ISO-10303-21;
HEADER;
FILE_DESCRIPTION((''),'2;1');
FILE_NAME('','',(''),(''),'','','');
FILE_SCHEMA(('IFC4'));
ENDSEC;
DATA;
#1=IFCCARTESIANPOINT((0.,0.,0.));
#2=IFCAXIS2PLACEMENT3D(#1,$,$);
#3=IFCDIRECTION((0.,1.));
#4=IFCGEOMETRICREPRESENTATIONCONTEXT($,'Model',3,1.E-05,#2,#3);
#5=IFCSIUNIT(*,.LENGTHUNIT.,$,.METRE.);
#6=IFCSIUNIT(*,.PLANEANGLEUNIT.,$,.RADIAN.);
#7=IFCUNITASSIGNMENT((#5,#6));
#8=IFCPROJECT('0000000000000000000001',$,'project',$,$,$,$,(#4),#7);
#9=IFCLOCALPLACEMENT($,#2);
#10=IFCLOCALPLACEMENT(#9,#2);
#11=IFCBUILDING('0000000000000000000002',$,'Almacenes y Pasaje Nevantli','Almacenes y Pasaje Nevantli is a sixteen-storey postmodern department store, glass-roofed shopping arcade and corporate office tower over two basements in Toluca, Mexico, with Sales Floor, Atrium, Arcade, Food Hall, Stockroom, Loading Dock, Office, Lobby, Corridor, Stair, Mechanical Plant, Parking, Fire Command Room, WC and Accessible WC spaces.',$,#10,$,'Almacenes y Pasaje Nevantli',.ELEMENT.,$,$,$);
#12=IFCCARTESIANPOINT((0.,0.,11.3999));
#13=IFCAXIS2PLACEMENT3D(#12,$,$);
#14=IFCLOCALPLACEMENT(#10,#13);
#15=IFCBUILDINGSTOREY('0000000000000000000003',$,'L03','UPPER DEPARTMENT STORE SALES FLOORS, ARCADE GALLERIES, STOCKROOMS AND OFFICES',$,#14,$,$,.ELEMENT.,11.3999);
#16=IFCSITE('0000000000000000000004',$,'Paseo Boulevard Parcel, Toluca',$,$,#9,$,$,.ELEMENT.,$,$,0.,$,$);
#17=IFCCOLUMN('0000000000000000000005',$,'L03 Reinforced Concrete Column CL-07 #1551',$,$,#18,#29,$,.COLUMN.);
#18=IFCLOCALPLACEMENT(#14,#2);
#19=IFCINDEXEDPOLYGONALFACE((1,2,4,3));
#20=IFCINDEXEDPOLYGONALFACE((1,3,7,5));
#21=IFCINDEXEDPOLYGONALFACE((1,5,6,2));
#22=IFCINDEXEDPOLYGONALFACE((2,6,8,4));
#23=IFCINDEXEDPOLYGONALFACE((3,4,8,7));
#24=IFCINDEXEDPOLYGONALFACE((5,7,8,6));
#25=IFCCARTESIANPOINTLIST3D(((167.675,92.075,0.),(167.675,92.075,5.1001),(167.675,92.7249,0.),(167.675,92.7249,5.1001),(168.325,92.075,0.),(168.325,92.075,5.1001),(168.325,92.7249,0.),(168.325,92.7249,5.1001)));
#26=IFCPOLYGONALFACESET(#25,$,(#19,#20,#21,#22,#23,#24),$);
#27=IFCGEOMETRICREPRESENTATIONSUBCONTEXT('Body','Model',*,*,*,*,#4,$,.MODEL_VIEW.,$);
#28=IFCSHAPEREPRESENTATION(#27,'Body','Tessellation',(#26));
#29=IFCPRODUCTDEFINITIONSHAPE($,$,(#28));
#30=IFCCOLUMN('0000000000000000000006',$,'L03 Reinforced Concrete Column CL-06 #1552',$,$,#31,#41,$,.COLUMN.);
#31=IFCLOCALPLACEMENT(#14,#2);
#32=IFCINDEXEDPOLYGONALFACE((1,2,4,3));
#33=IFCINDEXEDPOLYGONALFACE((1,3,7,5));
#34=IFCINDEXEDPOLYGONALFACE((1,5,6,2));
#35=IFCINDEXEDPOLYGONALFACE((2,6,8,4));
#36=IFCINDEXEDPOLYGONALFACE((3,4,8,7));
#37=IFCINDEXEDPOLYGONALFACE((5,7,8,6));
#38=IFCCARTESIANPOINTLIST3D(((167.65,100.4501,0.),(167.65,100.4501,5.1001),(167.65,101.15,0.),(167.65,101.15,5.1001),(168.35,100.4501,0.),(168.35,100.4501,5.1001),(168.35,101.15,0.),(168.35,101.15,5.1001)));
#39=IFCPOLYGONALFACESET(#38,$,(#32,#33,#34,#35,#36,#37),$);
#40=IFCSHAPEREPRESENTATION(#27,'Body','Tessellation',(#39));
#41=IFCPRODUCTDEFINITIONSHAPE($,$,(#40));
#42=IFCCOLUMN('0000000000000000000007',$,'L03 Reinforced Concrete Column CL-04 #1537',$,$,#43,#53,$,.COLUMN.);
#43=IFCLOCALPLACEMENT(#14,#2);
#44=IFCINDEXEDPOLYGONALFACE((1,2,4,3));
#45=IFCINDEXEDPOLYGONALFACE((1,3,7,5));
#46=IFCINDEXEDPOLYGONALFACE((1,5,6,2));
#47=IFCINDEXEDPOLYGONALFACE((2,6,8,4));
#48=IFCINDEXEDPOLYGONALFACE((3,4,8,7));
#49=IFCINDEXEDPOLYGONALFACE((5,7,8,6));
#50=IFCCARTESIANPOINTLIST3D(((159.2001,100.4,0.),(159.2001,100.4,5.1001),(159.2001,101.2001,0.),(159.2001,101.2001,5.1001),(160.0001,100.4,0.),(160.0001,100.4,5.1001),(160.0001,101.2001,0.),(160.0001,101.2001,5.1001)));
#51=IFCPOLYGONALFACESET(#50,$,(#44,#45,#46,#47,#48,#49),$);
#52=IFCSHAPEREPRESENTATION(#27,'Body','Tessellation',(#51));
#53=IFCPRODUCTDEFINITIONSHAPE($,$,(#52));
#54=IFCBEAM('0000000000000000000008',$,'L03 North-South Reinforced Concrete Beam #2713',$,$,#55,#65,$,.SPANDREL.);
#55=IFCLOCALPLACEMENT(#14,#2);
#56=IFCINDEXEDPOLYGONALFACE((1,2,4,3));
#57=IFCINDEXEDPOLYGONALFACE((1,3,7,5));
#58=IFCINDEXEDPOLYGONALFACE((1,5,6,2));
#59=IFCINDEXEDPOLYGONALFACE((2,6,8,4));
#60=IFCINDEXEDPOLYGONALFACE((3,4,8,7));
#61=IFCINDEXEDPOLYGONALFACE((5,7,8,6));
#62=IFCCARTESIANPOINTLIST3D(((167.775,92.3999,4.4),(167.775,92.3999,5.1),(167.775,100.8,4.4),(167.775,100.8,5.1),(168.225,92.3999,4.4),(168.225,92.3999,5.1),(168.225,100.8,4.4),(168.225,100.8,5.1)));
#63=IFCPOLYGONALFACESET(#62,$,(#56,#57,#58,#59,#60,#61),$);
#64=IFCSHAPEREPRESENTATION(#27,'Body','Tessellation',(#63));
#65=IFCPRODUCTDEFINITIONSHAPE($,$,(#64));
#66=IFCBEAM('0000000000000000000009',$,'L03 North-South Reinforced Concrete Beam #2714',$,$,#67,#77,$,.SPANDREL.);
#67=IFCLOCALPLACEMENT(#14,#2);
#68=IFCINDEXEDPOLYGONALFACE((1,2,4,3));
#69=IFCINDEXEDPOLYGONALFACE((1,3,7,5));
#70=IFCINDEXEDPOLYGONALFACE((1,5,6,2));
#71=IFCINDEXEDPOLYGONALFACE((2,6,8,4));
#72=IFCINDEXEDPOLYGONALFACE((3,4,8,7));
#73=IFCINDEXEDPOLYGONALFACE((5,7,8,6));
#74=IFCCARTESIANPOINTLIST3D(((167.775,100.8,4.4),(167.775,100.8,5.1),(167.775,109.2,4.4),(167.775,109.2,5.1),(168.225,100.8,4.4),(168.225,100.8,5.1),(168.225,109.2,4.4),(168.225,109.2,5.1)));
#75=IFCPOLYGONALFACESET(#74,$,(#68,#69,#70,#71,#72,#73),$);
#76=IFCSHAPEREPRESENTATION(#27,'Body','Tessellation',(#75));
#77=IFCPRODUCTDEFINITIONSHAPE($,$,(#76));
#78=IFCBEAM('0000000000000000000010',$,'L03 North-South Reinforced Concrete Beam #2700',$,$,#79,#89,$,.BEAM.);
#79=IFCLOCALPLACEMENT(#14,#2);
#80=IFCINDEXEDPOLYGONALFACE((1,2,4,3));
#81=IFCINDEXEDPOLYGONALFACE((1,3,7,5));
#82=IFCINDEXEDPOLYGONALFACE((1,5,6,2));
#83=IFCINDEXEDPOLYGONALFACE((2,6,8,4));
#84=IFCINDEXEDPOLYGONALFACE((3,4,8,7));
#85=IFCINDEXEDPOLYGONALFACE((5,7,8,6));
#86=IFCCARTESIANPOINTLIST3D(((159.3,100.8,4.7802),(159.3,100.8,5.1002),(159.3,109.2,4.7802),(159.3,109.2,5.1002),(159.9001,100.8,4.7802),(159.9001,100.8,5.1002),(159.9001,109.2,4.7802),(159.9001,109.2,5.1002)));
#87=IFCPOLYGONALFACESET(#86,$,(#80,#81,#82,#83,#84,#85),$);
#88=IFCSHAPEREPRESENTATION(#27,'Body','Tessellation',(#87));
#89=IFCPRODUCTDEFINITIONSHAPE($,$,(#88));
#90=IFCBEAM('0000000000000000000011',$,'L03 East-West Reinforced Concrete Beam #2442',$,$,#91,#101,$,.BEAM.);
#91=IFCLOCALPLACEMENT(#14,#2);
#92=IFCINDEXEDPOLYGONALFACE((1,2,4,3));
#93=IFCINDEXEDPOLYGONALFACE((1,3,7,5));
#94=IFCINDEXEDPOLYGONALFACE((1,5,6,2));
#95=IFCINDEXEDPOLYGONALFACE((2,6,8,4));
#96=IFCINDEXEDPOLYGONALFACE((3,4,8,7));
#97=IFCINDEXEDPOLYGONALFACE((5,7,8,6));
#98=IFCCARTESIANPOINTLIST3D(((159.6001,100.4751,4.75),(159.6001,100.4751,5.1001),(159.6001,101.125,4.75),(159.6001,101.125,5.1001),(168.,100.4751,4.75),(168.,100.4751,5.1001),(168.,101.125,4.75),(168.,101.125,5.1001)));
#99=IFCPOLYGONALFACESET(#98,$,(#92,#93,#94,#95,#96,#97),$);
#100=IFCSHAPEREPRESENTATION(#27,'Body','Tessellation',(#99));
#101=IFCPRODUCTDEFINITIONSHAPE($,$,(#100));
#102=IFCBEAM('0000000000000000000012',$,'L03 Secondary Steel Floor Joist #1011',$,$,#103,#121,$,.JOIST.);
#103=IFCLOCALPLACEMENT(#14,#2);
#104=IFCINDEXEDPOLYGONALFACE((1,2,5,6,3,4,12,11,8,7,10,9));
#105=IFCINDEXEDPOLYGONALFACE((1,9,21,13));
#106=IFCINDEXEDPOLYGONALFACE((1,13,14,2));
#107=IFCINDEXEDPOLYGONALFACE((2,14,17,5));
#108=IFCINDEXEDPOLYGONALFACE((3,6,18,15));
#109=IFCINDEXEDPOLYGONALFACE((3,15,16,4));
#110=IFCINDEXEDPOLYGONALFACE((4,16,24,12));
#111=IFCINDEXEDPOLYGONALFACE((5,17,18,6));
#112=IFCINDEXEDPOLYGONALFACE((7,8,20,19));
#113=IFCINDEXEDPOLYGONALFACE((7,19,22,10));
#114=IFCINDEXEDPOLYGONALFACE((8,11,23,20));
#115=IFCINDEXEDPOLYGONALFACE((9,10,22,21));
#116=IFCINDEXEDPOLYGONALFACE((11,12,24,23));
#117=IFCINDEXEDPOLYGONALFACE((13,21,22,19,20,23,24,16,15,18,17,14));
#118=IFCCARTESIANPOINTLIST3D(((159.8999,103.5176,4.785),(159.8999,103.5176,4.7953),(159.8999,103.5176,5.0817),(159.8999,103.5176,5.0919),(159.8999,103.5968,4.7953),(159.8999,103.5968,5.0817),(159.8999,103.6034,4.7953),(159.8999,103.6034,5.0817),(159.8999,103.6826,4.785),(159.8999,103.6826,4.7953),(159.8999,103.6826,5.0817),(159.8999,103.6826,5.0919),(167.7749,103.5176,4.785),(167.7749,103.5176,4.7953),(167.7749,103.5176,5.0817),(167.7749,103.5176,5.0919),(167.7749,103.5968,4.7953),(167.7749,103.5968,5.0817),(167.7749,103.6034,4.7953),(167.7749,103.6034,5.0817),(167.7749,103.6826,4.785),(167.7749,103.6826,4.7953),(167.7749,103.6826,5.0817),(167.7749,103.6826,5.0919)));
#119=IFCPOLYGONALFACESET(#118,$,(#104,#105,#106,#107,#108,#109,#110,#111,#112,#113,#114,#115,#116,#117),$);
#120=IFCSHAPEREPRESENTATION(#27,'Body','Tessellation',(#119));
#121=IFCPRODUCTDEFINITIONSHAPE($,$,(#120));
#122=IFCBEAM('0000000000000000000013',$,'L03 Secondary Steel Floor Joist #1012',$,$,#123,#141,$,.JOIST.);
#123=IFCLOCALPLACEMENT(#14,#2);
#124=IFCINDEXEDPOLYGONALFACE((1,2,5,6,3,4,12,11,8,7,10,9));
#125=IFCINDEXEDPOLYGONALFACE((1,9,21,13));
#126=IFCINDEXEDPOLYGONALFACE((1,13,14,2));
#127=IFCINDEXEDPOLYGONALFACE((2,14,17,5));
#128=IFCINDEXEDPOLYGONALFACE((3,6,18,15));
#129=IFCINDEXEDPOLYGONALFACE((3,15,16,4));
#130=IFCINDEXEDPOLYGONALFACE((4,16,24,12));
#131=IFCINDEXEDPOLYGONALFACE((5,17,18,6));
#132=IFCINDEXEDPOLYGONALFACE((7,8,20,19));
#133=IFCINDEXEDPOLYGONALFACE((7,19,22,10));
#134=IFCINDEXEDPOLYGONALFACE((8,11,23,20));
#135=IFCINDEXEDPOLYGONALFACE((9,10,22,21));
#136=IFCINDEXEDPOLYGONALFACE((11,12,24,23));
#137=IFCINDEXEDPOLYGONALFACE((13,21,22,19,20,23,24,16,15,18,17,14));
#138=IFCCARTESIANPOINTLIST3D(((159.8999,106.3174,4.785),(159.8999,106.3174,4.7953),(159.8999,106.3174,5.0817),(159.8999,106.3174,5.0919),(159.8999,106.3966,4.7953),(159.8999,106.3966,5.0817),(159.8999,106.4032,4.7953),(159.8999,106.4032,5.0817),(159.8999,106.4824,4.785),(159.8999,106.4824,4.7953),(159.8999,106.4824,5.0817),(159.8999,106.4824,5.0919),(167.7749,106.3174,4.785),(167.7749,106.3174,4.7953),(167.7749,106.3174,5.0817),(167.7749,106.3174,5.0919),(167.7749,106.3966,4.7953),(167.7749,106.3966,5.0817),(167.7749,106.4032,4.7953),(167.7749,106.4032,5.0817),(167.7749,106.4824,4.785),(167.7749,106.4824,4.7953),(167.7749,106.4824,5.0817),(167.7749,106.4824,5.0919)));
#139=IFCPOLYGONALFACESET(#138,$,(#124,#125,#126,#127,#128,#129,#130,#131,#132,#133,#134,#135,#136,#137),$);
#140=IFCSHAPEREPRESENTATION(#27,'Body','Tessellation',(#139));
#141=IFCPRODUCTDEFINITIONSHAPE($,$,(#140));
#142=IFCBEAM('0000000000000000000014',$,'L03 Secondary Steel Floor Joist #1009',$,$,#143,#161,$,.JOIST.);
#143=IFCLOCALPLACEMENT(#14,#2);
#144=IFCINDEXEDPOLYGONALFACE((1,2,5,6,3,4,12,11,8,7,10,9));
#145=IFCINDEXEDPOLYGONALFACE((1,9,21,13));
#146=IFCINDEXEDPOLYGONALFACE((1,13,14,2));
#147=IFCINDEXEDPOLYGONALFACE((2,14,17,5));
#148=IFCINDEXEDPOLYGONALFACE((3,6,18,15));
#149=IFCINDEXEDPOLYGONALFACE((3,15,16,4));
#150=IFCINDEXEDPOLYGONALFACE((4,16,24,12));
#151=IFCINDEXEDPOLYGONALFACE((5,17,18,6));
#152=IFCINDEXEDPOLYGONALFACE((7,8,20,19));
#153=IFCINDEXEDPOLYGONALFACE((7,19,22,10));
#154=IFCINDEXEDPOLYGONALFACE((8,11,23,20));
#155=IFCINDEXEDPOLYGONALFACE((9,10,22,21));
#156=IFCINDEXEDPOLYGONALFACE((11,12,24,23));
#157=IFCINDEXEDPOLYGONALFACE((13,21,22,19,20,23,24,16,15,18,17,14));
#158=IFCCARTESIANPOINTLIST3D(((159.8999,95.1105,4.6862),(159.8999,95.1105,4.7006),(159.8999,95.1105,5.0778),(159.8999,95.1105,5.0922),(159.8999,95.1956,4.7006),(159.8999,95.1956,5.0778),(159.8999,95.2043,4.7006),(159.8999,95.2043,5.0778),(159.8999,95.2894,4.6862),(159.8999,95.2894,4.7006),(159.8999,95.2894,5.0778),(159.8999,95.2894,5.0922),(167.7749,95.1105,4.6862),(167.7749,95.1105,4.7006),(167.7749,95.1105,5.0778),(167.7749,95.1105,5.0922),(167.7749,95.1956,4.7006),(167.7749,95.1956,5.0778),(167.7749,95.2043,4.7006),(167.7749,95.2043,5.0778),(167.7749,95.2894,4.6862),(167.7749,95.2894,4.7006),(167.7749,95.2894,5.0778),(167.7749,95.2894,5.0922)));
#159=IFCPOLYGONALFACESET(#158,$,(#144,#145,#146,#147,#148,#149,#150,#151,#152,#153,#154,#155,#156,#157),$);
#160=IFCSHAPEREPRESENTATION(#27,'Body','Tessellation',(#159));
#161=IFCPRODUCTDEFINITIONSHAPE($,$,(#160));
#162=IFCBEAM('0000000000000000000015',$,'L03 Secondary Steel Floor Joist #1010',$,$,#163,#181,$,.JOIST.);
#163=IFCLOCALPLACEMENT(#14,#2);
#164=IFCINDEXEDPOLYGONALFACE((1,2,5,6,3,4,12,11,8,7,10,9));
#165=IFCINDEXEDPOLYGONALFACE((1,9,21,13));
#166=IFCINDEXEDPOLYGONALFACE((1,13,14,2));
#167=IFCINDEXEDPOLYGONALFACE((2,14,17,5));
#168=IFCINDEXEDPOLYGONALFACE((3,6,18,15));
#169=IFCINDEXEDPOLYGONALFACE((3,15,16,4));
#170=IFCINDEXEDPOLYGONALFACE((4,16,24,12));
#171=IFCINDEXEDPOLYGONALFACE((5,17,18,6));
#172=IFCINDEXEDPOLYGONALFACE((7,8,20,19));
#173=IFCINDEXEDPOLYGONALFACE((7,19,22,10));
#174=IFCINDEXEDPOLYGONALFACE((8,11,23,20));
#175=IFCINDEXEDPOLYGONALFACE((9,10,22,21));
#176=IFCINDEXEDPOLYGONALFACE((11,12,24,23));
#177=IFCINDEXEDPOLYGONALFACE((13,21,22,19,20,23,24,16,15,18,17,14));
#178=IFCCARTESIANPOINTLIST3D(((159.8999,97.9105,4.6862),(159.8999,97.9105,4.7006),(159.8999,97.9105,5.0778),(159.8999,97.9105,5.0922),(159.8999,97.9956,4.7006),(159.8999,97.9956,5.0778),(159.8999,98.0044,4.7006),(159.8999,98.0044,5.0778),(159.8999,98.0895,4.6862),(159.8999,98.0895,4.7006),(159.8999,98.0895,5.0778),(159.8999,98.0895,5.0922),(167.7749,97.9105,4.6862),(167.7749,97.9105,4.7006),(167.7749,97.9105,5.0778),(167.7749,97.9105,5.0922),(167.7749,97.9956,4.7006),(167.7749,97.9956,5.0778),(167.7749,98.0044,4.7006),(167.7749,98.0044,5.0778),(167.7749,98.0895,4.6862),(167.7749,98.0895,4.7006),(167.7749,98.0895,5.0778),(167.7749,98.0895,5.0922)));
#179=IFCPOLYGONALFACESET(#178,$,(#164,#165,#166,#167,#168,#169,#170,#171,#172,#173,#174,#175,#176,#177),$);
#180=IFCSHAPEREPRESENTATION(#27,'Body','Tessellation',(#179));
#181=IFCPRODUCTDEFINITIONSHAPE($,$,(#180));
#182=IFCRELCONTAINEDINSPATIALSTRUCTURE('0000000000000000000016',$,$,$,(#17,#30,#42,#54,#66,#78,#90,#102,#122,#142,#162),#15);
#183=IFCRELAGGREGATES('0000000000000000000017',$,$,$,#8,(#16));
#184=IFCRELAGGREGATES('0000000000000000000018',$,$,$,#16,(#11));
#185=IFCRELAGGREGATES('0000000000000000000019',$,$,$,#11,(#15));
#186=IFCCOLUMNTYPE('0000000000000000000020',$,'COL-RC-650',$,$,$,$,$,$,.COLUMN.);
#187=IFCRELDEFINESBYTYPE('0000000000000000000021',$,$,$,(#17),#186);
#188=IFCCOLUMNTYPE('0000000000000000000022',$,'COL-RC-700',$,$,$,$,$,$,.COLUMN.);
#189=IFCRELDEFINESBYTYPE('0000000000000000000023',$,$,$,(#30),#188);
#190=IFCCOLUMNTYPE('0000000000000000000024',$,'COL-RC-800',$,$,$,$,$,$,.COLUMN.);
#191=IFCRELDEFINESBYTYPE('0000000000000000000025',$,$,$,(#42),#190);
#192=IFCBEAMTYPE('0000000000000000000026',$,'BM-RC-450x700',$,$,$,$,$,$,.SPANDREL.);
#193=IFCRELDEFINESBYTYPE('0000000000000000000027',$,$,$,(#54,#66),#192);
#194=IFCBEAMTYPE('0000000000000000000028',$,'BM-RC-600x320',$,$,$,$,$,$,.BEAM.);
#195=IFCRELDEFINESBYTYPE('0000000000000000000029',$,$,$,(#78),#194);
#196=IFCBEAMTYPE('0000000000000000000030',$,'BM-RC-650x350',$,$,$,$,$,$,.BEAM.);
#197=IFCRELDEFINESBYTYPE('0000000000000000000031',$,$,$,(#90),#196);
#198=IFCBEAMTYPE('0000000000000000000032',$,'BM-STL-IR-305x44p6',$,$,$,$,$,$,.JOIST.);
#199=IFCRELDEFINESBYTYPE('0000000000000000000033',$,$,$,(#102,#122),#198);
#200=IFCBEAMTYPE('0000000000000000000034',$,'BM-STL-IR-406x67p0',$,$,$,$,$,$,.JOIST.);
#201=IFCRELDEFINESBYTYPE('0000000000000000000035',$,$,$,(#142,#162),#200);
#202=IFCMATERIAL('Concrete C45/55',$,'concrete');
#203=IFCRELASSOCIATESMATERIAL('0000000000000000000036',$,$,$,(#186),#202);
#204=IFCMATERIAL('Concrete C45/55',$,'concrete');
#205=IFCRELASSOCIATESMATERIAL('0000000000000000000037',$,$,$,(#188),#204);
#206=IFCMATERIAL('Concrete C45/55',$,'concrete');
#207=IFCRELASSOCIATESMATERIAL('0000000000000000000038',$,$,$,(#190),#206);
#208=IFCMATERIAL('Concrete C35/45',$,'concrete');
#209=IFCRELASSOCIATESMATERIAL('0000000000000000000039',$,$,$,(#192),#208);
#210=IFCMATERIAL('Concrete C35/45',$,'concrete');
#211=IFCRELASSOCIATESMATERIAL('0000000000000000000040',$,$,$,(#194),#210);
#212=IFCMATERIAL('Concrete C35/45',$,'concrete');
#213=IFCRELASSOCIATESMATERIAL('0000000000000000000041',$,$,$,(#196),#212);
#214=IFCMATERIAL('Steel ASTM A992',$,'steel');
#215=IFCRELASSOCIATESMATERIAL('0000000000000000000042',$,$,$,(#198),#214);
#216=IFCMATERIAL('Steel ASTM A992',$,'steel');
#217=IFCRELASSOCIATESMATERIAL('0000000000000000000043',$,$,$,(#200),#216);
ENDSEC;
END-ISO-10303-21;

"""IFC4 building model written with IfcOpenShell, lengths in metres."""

from ifc_helpers import new_model, si_unit, direction, frame, origin, origin_2d, place, context, subcontext, project, spatial, rectangle, i_section, extrude, material, material_profile, profile_set, type_object, element, save


model = new_model("IFC4")

# Units and contexts
model_context = context("Model", 3, precision=1e-05, world=origin(), true_north=direction((0.0, 1.0)))
body_context = subcontext(model_context, "Body", "Model", "MODEL_VIEW")
ifc_project = project(units=[si_unit("LENGTHUNIT", "METRE"), si_unit("PLANEANGLEUNIT", "RADIAN")], contexts=[model_context])

# Site, building, storey
site_placement = place(None, origin())
site = spatial("IfcSite", under=ifc_project, at=site_placement, Name="Paseo Boulevard Parcel, Toluca", CompositionType="ELEMENT", RefElevation=0.0)
building_placement = place(site_placement, origin())
building = spatial("IfcBuilding", under=site, at=building_placement, Name="Almacenes y Pasaje Nevantli", Description="Almacenes y Pasaje Nevantli is a sixteen-storey postmodern department store, glass-roofed shopping arcade and corporate office tower over two basements in Toluca, Mexico, with Sales Floor, Atrium, Arcade, Food Hall, Stockroom, Loading Dock, Office, Lobby, Corridor, Stair, Mechanical Plant, Parking, Fire Command Room, WC and Accessible WC spaces.", LongName="Almacenes y Pasaje Nevantli", CompositionType="ELEMENT")
storey_placement = place(building_placement, frame((0.0, 0.0, 11.3999)))
storey = spatial("IfcBuildingStorey", under=building, at=storey_placement, Name="L03", Description="UPPER DEPARTMENT STORE SALES FLOORS, ARCADE GALLERIES, STOCKROOMS AND OFFICES", CompositionType="ELEMENT", Elevation=11.3999)

# Columns
ifc_material_1 = material(Name="Concrete C45/55", Category="concrete")
ifc_material_profile_1 = material_profile(ifc_material_1, rectangle(XDim=0.6499, YDim=0.6499, at=origin_2d()), Name="RC-COL-650x650")
ifc_profile_set_1 = profile_set([ifc_material_profile_1], Name="Concrete C45/55")
column_type_1 = type_object("IfcColumnType", Name="COL-RC-650", PredefinedType="COLUMN", material=ifc_profile_set_1)
column_1_placement = place(storey_placement, frame((168.0, 92.3999, 0.0), z_axis=(0.0, 0.0, 1.0), x_axis=(1.0, 0.0, 0.0)))
element("IfcColumn", 1, at=column_1_placement, inside=storey, type_object=column_type_1, Name="L03 Reinforced Concrete Column CL-07 #1551", PredefinedType="COLUMN", context=body_context, shape_type="SweptSolid", body=[
    extrude(rectangle(XDim=0.6499, YDim=0.6499, at=origin_2d()), origin(), (0.0, 0.0, 1.0), 5.1001),
])
ifc_material_2 = material(Name="Concrete C45/55", Category="concrete")
ifc_material_profile_2 = material_profile(ifc_material_2, rectangle(XDim=0.7, YDim=0.7, at=origin_2d()), Name="RC-COL-700x700")
ifc_profile_set_2 = profile_set([ifc_material_profile_2], Name="Concrete C45/55")
column_type_2 = type_object("IfcColumnType", Name="COL-RC-700", PredefinedType="COLUMN", material=ifc_profile_set_2)
column_2_placement = place(storey_placement, frame((168.0, 100.8, 0.0), z_axis=(0.0, 0.0, 1.0), x_axis=(1.0, 0.0, 0.0)))
element("IfcColumn", 2, at=column_2_placement, inside=storey, type_object=column_type_2, Name="L03 Reinforced Concrete Column CL-06 #1552", PredefinedType="COLUMN", context=body_context, shape_type="SweptSolid", body=[
    extrude(rectangle(XDim=0.7, YDim=0.7, at=origin_2d()), origin(), (0.0, 0.0, 1.0), 5.1001),
])
ifc_material_3 = material(Name="Concrete C45/55", Category="concrete")
ifc_material_profile_3 = material_profile(ifc_material_3, rectangle(XDim=0.8, YDim=0.8, at=origin_2d()), Name="RC-COL-800x800")
ifc_profile_set_3 = profile_set([ifc_material_profile_3], Name="Concrete C45/55")
column_type_3 = type_object("IfcColumnType", Name="COL-RC-800", PredefinedType="COLUMN", material=ifc_profile_set_3)
column_3_placement = place(storey_placement, frame((159.6001, 100.8, 0.0), z_axis=(0.0, 0.0, 1.0), x_axis=(1.0, 0.0, 0.0)))
element("IfcColumn", 3, at=column_3_placement, inside=storey, type_object=column_type_3, Name="L03 Reinforced Concrete Column CL-04 #1537", PredefinedType="COLUMN", context=body_context, shape_type="SweptSolid", body=[
    extrude(rectangle(XDim=0.8, YDim=0.8, at=origin_2d()), origin(), (0.0, 0.0, 1.0), 5.1001),
])

# Beams
ifc_material_4 = material(Name="Concrete C35/45", Category="concrete")
ifc_material_profile_4 = material_profile(ifc_material_4, rectangle(XDim=0.45, YDim=0.7, at=origin_2d()), Name="RC-BM-450x700")
ifc_profile_set_4 = profile_set([ifc_material_profile_4], Name="Concrete C35/45")
beam_type_1 = type_object("IfcBeamType", Name="BM-RC-450x700", PredefinedType="SPANDREL", material=ifc_profile_set_4)
beam_1_placement = place(storey_placement, frame((168.0, 92.3999, 4.75), z_axis=(0.0, 1.0, 0.0), x_axis=(-1.0, 0.0, 0.0)))
element("IfcBeam", 4, at=beam_1_placement, inside=storey, type_object=beam_type_1, Name="L03 North-South Reinforced Concrete Beam #2713", PredefinedType="SPANDREL", context=body_context, shape_type="SweptSolid", body=[
    extrude(rectangle(XDim=0.45, YDim=0.7, at=origin_2d()), origin(), (0.0, 0.0, 1.0), 8.4001),
])
beam_2_placement = place(storey_placement, frame((168.0, 100.8, 4.75), z_axis=(0.0, 1.0, 0.0), x_axis=(-1.0, 0.0, 0.0)))
element("IfcBeam", 5, at=beam_2_placement, inside=storey, type_object=beam_type_1, Name="L03 North-South Reinforced Concrete Beam #2714", PredefinedType="SPANDREL", context=body_context, shape_type="SweptSolid", body=[
    extrude(rectangle(XDim=0.45, YDim=0.7, at=origin_2d()), origin(), (0.0, 0.0, 1.0), 8.3999),
])
ifc_material_5 = material(Name="Concrete C35/45", Category="concrete")
ifc_material_profile_5 = material_profile(ifc_material_5, rectangle(XDim=0.6001, YDim=0.3201, at=origin_2d()), Name="RC-BM-600x320")
ifc_profile_set_5 = profile_set([ifc_material_profile_5], Name="Concrete C35/45")
beam_type_2 = type_object("IfcBeamType", Name="BM-RC-600x320", PredefinedType="BEAM", material=ifc_profile_set_5)
beam_3_placement = place(storey_placement, frame((159.6001, 100.8, 4.9402), z_axis=(0.0, 1.0, 0.0), x_axis=(-1.0, 0.0, 0.0)))
element("IfcBeam", 6, at=beam_3_placement, inside=storey, type_object=beam_type_2, Name="L03 North-South Reinforced Concrete Beam #2700", PredefinedType="BEAM", context=body_context, shape_type="SweptSolid", body=[
    extrude(rectangle(XDim=0.6001, YDim=0.3201, at=origin_2d()), origin(), (0.0, 0.0, 1.0), 8.3999),
])
ifc_material_6 = material(Name="Concrete C35/45", Category="concrete")
ifc_material_profile_6 = material_profile(ifc_material_6, rectangle(XDim=0.6499, YDim=0.3501, at=origin_2d()), Name="RC-BM-650x350")
ifc_profile_set_6 = profile_set([ifc_material_profile_6], Name="Concrete C35/45")
beam_type_3 = type_object("IfcBeamType", Name="BM-RC-650x350", PredefinedType="BEAM", material=ifc_profile_set_6)
beam_4_placement = place(storey_placement, frame((159.6001, 100.8, 4.925), z_axis=(1.0, 0.0, 0.0), x_axis=(0.0, 1.0, 0.0)))
element("IfcBeam", 7, at=beam_4_placement, inside=storey, type_object=beam_type_3, Name="L03 East-West Reinforced Concrete Beam #2442", PredefinedType="BEAM", context=body_context, shape_type="SweptSolid", body=[
    extrude(rectangle(XDim=0.6499, YDim=0.3501, at=origin_2d()), origin(), (0.0, 0.0, 1.0), 8.3999),
])
ifc_material_7 = material(Name="Steel ASTM A992", Category="steel")
ifc_material_profile_7 = material_profile(ifc_material_7, i_section(OverallWidth=0.165, OverallDepth=0.3069, WebThickness=0.0066, FlangeThickness=0.0103, at=origin_2d()), Name="IR 305x44.6")
ifc_profile_set_7 = profile_set([ifc_material_profile_7], Name="Steel ASTM A992")
beam_type_4 = type_object("IfcBeamType", Name="BM-STL-IR-305x44p6", PredefinedType="JOIST", material=ifc_profile_set_7)
for number, where, z_axis, x_axis, name in (
    (8, (159.8999, 103.6001, 4.9385), (1.0, 0.0, 0.0), (0.0, 1.0, 0.0), "L03 Secondary Steel Floor Joist #1011"),
    (9, (159.8999, 106.3999, 4.9385), (1.0, 0.0, 0.0), (0.0, 1.0, 0.0), "L03 Secondary Steel Floor Joist #1012"),
):
    element("IfcBeam", number, at=place(storey_placement, frame(where, z_axis=z_axis, x_axis=x_axis)), inside=storey, type_object=beam_type_4, Name=name, PredefinedType="JOIST", context=body_context, shape_type="SweptSolid", body=[
        extrude(i_section(OverallWidth=0.165, OverallDepth=0.3069, WebThickness=0.0066, FlangeThickness=0.0103, at=origin_2d()), origin(), (0.0, 0.0, 1.0), 7.875),
    ])
ifc_material_8 = material(Name="Steel ASTM A992", Category="steel")
ifc_material_profile_8 = material_profile(ifc_material_8, i_section(OverallWidth=0.179, OverallDepth=0.406, WebThickness=0.0088, FlangeThickness=0.0144, at=origin_2d()), Name="IR 406x67.0")
ifc_profile_set_8 = profile_set([ifc_material_profile_8], Name="Steel ASTM A992")
beam_type_5 = type_object("IfcBeamType", Name="BM-STL-IR-406x67p0", PredefinedType="JOIST", material=ifc_profile_set_8)
for number, where, z_axis, x_axis, name in (
    (10, (159.8999, 95.2, 4.8892), (1.0, 0.0, 0.0), (0.0, 1.0, 0.0), "L03 Secondary Steel Floor Joist #1009"),
    (11, (159.8999, 98.0, 4.8892), (1.0, 0.0, 0.0), (0.0, 1.0, 0.0), "L03 Secondary Steel Floor Joist #1010"),
):
    element("IfcBeam", number, at=place(storey_placement, frame(where, z_axis=z_axis, x_axis=x_axis)), inside=storey, type_object=beam_type_5, Name=name, PredefinedType="JOIST", context=body_context, shape_type="SweptSolid", body=[
        extrude(i_section(OverallWidth=0.179, OverallDepth=0.406, WebThickness=0.0088, FlangeThickness=0.0144, at=origin_2d()), origin(), (0.0, 0.0, 1.0), 7.875),
    ])

save(model, "model.ifc")
